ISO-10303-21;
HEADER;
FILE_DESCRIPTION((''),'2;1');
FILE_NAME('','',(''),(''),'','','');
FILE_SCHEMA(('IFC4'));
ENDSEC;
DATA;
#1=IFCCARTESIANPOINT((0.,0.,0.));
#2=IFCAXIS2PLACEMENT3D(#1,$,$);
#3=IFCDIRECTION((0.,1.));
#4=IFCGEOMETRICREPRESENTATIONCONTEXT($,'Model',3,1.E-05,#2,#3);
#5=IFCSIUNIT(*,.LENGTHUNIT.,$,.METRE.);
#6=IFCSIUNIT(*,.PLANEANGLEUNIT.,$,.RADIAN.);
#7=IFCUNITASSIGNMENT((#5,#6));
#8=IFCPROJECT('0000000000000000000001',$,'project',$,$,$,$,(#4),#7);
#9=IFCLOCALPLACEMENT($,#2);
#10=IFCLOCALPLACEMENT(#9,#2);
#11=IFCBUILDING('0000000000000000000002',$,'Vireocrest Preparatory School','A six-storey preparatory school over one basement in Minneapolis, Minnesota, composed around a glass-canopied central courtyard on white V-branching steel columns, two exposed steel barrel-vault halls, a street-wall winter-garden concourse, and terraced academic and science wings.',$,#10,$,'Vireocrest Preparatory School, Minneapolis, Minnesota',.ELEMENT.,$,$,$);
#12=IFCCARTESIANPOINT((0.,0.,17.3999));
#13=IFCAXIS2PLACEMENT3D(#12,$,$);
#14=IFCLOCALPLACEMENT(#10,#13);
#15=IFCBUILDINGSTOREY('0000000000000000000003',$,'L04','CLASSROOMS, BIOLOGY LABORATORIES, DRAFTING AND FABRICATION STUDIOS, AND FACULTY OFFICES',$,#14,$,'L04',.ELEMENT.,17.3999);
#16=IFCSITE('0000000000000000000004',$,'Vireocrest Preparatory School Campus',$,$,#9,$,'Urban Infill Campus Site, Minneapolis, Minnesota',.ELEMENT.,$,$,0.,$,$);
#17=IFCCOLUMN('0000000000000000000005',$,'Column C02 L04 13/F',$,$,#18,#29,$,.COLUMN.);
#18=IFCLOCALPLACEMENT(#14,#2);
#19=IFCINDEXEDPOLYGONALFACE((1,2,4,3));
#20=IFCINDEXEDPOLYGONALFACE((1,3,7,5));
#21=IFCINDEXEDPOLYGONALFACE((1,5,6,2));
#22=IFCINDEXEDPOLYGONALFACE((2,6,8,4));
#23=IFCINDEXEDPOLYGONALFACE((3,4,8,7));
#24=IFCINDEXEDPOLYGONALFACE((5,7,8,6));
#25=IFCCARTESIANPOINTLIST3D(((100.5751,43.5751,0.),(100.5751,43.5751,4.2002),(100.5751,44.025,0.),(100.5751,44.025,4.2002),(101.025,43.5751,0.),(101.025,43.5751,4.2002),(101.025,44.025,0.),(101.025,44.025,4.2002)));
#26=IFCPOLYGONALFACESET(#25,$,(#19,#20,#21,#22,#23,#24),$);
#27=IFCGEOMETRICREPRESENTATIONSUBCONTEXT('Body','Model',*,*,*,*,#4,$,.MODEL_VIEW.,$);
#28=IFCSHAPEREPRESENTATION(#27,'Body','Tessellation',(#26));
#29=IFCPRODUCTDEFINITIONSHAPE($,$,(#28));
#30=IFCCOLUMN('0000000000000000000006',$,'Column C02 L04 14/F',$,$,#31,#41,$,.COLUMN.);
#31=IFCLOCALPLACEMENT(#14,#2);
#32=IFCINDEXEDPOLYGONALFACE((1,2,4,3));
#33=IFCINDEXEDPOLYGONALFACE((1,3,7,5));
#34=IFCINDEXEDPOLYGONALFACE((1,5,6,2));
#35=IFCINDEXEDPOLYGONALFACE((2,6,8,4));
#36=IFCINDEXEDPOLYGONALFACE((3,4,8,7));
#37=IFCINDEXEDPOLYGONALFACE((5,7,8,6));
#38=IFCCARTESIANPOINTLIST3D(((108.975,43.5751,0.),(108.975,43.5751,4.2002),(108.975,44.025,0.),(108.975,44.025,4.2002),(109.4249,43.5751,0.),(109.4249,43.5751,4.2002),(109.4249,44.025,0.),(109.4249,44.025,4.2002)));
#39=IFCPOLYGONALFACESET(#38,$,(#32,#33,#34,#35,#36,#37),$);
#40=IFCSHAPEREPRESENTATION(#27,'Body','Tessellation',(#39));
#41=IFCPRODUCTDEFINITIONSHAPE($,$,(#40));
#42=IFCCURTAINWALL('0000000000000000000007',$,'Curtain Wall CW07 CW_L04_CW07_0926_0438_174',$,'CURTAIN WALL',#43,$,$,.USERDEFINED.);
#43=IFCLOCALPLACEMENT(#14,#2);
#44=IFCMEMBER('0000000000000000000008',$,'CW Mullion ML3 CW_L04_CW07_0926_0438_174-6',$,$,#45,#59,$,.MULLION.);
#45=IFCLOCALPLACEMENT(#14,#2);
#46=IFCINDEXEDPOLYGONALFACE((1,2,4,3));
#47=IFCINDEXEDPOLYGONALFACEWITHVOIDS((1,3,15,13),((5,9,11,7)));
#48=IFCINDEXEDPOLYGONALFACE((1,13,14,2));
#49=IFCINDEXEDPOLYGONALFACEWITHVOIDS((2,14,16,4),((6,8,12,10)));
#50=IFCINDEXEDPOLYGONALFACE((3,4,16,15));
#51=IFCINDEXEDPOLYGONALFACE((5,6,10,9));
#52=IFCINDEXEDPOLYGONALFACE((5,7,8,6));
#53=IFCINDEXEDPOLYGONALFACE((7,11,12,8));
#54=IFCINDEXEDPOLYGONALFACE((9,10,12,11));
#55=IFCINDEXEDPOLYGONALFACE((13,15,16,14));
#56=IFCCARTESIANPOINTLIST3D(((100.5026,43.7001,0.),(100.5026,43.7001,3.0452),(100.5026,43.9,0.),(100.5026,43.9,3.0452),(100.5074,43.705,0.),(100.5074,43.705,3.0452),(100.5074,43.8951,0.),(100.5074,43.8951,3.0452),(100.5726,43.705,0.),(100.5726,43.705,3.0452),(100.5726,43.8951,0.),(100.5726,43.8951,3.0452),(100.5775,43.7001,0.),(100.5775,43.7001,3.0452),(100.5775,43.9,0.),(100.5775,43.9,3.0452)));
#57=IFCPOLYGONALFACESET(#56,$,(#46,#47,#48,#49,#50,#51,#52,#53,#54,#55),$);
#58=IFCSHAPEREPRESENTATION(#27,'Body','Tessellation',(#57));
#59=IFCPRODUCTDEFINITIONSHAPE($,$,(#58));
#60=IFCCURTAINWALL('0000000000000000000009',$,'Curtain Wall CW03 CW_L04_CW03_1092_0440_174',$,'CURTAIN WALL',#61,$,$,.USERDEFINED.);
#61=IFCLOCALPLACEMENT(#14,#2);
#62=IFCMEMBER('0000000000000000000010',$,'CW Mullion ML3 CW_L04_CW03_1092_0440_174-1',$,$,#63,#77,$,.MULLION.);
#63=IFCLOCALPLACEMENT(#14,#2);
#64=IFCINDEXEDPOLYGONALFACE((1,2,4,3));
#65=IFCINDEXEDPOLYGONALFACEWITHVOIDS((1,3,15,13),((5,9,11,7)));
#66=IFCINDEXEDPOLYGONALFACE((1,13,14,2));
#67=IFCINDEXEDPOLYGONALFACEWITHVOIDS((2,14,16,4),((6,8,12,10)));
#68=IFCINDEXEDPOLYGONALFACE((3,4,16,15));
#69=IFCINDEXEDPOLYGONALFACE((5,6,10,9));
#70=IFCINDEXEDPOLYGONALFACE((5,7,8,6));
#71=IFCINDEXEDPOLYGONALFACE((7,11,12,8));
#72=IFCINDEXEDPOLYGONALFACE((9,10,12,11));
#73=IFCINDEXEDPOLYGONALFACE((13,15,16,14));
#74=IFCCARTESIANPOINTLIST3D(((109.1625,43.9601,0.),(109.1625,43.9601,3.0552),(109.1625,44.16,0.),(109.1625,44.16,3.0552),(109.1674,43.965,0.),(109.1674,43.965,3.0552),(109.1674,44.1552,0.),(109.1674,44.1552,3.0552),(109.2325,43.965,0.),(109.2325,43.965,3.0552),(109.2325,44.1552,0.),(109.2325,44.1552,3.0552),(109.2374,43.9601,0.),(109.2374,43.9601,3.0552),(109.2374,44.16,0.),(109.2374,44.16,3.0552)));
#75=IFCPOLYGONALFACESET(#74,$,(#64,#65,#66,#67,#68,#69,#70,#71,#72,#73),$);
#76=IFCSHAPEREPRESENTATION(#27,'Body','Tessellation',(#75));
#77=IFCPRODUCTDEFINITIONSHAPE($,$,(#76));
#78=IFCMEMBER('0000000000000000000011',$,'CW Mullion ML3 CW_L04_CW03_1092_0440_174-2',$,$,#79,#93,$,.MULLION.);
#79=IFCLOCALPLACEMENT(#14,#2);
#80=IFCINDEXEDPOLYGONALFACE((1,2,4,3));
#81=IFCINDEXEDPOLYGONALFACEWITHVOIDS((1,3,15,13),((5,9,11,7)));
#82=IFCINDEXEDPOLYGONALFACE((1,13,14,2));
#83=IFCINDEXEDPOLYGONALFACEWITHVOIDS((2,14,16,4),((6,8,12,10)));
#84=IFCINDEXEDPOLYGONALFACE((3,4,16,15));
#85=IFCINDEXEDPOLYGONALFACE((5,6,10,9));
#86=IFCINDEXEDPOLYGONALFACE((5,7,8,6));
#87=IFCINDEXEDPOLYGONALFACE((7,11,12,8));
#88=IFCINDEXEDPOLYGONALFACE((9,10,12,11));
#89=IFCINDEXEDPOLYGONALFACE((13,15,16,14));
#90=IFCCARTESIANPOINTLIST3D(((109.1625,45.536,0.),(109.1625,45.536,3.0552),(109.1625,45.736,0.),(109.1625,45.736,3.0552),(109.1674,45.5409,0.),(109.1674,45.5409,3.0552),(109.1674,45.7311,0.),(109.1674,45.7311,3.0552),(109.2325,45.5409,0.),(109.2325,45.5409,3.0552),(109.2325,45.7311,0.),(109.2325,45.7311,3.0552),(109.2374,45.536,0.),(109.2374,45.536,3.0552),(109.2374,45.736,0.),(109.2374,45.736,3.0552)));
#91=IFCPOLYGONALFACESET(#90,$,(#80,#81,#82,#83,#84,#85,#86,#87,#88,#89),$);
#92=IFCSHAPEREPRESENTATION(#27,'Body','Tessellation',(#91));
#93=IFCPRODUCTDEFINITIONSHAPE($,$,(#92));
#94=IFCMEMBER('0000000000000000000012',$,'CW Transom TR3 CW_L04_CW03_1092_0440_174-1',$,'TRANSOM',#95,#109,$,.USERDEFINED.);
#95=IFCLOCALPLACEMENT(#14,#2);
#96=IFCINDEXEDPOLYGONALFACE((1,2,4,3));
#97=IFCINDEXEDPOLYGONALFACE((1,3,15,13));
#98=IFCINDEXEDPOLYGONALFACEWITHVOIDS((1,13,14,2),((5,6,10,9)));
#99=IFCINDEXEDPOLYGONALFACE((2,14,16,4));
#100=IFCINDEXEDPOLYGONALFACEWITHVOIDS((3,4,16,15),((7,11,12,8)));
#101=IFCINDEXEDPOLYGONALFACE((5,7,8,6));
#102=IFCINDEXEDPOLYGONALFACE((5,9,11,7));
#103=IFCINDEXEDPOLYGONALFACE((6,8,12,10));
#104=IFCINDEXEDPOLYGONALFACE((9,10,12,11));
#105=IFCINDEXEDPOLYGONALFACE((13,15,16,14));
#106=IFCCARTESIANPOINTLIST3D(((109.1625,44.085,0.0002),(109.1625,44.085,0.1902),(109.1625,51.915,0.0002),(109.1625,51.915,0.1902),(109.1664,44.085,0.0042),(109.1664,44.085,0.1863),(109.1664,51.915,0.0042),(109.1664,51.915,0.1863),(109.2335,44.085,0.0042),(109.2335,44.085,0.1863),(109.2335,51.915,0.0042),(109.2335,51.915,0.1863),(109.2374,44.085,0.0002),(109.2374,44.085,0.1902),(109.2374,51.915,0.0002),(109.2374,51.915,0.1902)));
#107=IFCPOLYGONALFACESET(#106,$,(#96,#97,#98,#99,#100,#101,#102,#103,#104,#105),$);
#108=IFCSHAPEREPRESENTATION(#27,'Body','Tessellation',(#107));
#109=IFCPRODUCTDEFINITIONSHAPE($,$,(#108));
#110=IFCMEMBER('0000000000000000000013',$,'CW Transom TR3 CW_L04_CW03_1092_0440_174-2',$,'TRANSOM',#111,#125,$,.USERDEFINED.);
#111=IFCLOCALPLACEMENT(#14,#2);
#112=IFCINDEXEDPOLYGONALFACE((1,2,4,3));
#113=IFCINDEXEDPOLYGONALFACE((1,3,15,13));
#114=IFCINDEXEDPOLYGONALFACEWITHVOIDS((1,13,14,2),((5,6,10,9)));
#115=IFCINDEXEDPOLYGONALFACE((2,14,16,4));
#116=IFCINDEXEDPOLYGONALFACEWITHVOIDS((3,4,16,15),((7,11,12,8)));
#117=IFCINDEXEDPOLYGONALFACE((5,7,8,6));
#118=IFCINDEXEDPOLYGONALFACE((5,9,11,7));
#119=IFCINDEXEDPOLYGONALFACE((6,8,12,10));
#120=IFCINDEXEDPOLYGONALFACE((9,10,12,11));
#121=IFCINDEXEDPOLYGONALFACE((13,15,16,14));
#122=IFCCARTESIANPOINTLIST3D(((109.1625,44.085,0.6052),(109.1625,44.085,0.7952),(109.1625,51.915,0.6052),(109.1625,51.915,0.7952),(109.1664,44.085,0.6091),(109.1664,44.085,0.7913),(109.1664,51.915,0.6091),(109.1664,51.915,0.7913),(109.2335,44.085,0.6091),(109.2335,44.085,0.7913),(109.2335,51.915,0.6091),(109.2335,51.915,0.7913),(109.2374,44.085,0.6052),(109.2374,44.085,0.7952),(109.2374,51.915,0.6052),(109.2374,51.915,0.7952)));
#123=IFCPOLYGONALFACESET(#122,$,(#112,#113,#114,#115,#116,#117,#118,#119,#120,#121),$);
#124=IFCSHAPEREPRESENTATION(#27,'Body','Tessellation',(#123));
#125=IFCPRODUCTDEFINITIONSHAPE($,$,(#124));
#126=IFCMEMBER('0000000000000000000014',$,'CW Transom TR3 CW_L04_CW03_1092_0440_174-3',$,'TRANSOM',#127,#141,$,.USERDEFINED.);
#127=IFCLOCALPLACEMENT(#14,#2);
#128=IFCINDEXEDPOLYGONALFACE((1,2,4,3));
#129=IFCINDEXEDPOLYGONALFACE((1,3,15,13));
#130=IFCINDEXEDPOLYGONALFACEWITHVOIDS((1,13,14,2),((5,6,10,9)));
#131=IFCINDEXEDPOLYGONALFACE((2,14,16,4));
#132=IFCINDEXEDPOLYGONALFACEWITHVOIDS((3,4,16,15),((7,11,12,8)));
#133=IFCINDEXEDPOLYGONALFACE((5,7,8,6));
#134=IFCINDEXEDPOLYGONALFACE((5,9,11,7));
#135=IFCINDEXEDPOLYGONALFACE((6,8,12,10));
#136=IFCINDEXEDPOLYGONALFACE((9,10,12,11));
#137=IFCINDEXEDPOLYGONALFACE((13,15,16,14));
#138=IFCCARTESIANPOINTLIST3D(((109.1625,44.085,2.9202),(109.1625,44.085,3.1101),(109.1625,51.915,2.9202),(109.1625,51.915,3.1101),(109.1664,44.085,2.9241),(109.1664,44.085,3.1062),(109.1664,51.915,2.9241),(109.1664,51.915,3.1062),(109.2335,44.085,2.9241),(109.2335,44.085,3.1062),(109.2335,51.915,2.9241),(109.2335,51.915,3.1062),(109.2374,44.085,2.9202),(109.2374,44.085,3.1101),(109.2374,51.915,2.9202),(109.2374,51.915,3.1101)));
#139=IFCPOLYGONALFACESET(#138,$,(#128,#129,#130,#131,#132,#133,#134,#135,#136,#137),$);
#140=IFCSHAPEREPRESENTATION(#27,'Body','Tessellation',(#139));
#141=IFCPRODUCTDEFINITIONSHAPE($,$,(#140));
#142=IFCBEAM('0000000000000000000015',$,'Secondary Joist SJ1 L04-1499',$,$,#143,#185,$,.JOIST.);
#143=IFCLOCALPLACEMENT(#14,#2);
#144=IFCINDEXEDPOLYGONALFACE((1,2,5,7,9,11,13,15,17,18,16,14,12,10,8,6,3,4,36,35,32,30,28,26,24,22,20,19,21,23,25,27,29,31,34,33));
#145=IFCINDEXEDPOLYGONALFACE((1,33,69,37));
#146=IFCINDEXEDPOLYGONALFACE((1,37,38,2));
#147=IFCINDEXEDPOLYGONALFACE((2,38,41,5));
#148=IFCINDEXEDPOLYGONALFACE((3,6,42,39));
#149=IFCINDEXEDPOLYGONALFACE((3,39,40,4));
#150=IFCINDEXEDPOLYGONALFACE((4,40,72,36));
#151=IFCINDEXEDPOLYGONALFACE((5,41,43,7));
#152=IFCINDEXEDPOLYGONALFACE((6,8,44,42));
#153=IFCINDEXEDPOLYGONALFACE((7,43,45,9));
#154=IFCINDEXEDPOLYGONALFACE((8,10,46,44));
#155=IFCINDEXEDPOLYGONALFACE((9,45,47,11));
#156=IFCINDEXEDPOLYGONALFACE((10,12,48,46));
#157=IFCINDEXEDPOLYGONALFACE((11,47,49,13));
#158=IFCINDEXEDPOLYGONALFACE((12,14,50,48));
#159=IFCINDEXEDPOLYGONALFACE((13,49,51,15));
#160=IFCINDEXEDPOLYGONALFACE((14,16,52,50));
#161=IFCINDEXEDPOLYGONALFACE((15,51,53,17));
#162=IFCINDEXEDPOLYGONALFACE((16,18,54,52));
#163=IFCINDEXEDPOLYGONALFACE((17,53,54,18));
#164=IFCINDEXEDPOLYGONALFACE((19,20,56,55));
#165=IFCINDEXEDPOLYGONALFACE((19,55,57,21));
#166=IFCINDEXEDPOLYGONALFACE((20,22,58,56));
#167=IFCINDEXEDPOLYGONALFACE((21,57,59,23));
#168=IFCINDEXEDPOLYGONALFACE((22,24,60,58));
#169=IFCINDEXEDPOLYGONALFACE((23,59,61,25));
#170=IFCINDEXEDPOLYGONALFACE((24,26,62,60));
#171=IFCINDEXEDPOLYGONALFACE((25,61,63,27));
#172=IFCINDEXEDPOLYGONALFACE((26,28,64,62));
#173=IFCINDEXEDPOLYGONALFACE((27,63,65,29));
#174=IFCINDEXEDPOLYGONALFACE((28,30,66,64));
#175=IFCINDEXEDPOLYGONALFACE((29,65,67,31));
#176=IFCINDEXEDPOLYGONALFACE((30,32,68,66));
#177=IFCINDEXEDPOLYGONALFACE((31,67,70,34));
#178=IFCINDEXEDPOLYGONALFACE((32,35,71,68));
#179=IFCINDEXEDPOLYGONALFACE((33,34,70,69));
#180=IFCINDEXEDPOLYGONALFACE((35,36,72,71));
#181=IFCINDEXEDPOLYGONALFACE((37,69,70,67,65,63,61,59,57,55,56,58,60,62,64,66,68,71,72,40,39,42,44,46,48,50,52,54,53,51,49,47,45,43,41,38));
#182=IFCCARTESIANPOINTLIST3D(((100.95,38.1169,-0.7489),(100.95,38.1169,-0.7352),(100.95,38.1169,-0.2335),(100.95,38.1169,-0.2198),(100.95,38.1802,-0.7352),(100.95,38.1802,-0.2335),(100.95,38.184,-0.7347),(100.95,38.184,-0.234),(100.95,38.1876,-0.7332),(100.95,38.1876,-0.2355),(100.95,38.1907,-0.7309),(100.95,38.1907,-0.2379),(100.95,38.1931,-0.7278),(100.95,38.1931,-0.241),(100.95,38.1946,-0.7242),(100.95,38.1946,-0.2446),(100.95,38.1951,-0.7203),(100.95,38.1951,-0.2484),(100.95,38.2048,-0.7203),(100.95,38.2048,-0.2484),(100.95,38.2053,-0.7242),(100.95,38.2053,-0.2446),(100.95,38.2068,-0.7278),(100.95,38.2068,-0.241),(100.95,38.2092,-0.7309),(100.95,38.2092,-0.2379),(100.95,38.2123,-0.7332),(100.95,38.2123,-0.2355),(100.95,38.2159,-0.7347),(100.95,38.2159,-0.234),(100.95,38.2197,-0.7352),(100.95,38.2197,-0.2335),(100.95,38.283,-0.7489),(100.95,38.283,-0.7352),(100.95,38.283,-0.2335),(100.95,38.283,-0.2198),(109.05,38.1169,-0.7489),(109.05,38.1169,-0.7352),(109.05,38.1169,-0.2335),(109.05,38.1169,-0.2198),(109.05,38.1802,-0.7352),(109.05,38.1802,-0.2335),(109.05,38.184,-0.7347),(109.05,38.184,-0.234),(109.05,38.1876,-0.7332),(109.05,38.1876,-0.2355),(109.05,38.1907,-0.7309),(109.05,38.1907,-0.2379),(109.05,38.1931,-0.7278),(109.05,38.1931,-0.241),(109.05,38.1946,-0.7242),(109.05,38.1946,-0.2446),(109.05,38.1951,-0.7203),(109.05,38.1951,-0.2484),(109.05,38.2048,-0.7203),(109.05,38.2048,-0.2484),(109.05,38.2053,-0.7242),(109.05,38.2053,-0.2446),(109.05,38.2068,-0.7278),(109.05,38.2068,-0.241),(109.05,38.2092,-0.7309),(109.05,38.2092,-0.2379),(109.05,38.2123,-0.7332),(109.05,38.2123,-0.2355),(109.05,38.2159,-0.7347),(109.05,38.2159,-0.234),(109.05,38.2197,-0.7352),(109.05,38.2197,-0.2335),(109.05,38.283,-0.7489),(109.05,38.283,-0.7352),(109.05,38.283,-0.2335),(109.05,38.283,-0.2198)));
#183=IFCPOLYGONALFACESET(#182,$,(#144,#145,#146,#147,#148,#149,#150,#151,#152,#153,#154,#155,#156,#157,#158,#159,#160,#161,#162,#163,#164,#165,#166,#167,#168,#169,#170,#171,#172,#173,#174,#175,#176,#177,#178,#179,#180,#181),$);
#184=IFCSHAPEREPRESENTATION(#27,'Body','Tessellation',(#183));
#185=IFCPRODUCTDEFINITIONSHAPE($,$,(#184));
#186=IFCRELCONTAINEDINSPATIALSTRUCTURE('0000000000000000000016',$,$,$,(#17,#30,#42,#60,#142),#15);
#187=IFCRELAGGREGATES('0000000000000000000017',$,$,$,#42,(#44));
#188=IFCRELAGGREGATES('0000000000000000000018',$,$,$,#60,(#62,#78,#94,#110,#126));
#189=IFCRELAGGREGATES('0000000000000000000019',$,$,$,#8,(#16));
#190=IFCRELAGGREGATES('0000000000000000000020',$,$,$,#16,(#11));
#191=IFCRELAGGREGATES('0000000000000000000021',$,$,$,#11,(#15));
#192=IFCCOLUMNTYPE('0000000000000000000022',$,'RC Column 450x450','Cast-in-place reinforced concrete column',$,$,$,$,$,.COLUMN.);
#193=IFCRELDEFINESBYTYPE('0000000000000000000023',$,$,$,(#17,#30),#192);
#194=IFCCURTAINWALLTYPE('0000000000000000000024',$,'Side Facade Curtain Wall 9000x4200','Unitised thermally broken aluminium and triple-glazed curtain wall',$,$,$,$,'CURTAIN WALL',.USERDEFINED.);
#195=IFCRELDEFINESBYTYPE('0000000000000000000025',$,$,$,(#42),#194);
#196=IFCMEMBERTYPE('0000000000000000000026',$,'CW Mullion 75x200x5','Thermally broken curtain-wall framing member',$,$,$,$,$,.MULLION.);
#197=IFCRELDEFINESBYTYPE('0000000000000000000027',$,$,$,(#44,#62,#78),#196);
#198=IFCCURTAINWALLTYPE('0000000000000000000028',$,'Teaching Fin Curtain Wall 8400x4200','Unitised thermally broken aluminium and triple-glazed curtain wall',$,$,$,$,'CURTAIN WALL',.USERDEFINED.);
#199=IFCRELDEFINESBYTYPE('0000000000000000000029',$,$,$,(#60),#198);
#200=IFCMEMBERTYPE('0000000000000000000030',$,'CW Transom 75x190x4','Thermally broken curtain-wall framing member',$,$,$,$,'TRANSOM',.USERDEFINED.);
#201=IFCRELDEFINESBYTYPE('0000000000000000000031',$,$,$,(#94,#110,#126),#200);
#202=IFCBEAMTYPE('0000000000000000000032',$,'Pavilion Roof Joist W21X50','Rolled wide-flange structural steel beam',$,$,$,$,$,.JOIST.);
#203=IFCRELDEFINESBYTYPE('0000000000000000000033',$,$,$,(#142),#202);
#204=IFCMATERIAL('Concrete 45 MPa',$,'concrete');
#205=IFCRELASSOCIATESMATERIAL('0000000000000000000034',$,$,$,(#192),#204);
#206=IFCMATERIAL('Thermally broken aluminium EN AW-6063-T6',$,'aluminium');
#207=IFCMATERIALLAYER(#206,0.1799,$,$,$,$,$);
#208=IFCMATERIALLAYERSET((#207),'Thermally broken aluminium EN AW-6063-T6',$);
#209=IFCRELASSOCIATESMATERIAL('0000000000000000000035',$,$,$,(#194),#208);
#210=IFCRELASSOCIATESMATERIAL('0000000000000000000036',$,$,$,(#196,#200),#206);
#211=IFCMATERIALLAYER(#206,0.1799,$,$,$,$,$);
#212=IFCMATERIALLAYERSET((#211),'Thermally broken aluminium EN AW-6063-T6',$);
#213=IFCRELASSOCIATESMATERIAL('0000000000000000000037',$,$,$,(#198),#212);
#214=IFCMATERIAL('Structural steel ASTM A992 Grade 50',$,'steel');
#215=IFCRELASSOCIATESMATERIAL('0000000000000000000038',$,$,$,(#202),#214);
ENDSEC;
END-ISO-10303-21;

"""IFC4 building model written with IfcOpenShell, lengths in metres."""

from ifc_helpers import new_model, si_unit, direction, frame, origin, origin_2d, place, context, subcontext, project, spatial, rectangle, hollow_rectangle, i_section, extrude, material, layer, layer_set, material_profile, profile_set, type_object, element, aggregate, save


model = new_model("IFC4")

# Units and contexts
model_context = context("Model", 3, precision=1e-05, world=origin(), true_north=direction((0.0, 1.0)))
body_context = subcontext(model_context, "Body", "Model", "MODEL_VIEW")
ifc_project = project(units=[si_unit("LENGTHUNIT", "METRE"), si_unit("PLANEANGLEUNIT", "RADIAN")], contexts=[model_context])

# Site, building, storey
site_placement = place(None, origin())
site = spatial("IfcSite", under=ifc_project, at=site_placement, Name="Vireocrest Preparatory School Campus", LongName="Urban Infill Campus Site, Minneapolis, Minnesota", CompositionType="ELEMENT", RefElevation=0.0)
building_placement = place(site_placement, origin())
building = spatial("IfcBuilding", under=site, at=building_placement, Name="Vireocrest Preparatory School", Description="A six-storey preparatory school over one basement in Minneapolis, Minnesota, composed around a glass-canopied central courtyard on white V-branching steel columns, two exposed steel barrel-vault halls, a street-wall winter-garden concourse, and terraced academic and science wings.", LongName="Vireocrest Preparatory School, Minneapolis, Minnesota", CompositionType="ELEMENT")
storey_placement = place(building_placement, frame((0.0, 0.0, 17.3999)))
storey = spatial("IfcBuildingStorey", under=building, at=storey_placement, Name="L04", Description="CLASSROOMS, BIOLOGY LABORATORIES, DRAFTING AND FABRICATION STUDIOS, AND FACULTY OFFICES", LongName="L04", CompositionType="ELEMENT", Elevation=17.3999)

# Columns
ifc_material_1 = material(Name="Concrete 45 MPa", Category="concrete")
ifc_material_profile_1 = material_profile(ifc_material_1, rectangle(XDim=0.45, YDim=0.45, at=origin_2d()), Name="RC 450x450")
ifc_profile_set_1 = profile_set([ifc_material_profile_1], Name="Concrete 45 MPa")
column_type = type_object("IfcColumnType", Name="RC Column 450x450", Description="Cast-in-place reinforced concrete column", PredefinedType="COLUMN", material=ifc_profile_set_1)
for number, where, z_axis, x_axis, name in (
    (1, (100.8, 43.8, 0.0), (0.0, 0.0, 1.0), (1.0, 0.0, 0.0), "Column C02 L04 13/F"),
    (2, (109.2, 43.8, 0.0), (0.0, 0.0, 1.0), (1.0, 0.0, 0.0), "Column C02 L04 14/F"),
):
    element("IfcColumn", number, at=place(storey_placement, frame(where, z_axis=z_axis, x_axis=x_axis)), inside=storey, type_object=column_type, Name=name, PredefinedType="COLUMN", context=body_context, shape_type="SweptSolid", body=[
        extrude(rectangle(XDim=0.45, YDim=0.45, at=origin_2d()), origin(), (0.0, 0.0, 1.0), 4.2002),
    ])

# Curtain wall, member
ifc_material_2 = material(Name="Thermally broken aluminium EN AW-6063-T6", Category="aluminium")
ifc_layer_1 = layer(ifc_material_2, 0.1799)
ifc_layer_set_1 = layer_set([ifc_layer_1], Name="Thermally broken aluminium EN AW-6063-T6")
curtain_wall_type_1 = type_object("IfcCurtainWallType", Name="Side Facade Curtain Wall 9000x4200", Description="Unitised thermally broken aluminium and triple-glazed curtain wall", ElementType="CURTAIN WALL", PredefinedType="USERDEFINED", material=ifc_layer_set_1)
curtain_wall_1_placement = place(storey_placement, origin())
curtain_wall_1 = element("IfcCurtainWall", 3, at=curtain_wall_1_placement, inside=storey, type_object=curtain_wall_type_1, Name="Curtain Wall CW07 CW_L04_CW07_0926_0438_174", ObjectType="CURTAIN WALL", PredefinedType="USERDEFINED")
ifc_material_profile_2 = material_profile(ifc_material_2, hollow_rectangle(XDim=0.075, YDim=0.2, WallThickness=0.0049, at=origin_2d()), Name="ALU 75x200x5")
ifc_profile_set_2 = profile_set([ifc_material_profile_2], Name="Thermally broken aluminium EN AW-6063-T6")
member_type_1 = type_object("IfcMemberType", Name="CW Mullion 75x200x5", Description="Thermally broken curtain-wall framing member", PredefinedType="MULLION", material=ifc_profile_set_2)
member_1_placement = place(storey_placement, frame((100.54, 43.8, 0.0), z_axis=(0.0, 0.0, 1.0), x_axis=(1.0, 0.0, 0.0)))
member_1 = element("IfcMember", 4, at=member_1_placement, type_object=member_type_1, Name="CW Mullion ML3 CW_L04_CW07_0926_0438_174-6", PredefinedType="MULLION", context=body_context, shape_type="SweptSolid", body=[
    extrude(hollow_rectangle(XDim=0.075, YDim=0.2, WallThickness=0.0049, at=origin_2d()), origin(), (0.0, 0.0, 1.0), 3.0452),
])
aggregate(curtain_wall_1, [member_1])

# Curtain wall, members
ifc_layer_2 = layer(ifc_material_2, 0.1799)
ifc_layer_set_2 = layer_set([ifc_layer_2], Name="Thermally broken aluminium EN AW-6063-T6")
curtain_wall_type_2 = type_object("IfcCurtainWallType", Name="Teaching Fin Curtain Wall 8400x4200", Description="Unitised thermally broken aluminium and triple-glazed curtain wall", ElementType="CURTAIN WALL", PredefinedType="USERDEFINED", material=ifc_layer_set_2)
curtain_wall_2_placement = place(storey_placement, origin())
curtain_wall_2 = element("IfcCurtainWall", 5, at=curtain_wall_2_placement, inside=storey, type_object=curtain_wall_type_2, Name="Curtain Wall CW03 CW_L04_CW03_1092_0440_174", ObjectType="CURTAIN WALL", PredefinedType="USERDEFINED")
member_2_placement = place(storey_placement, frame((109.2, 44.0601, 0.0), z_axis=(0.0, 0.0, 1.0), x_axis=(1.0, 0.0, 0.0)))
member_2 = element("IfcMember", 6, at=member_2_placement, type_object=member_type_1, Name="CW Mullion ML3 CW_L04_CW03_1092_0440_174-1", PredefinedType="MULLION", context=body_context, shape_type="SweptSolid", body=[
    extrude(hollow_rectangle(XDim=0.075, YDim=0.2, WallThickness=0.0049, at=origin_2d()), origin(), (0.0, 0.0, 1.0), 3.0552),
])
member_3_placement = place(storey_placement, frame((109.2, 45.636, 0.0), z_axis=(0.0, 0.0, 1.0), x_axis=(1.0, 0.0, 0.0)))
member_3 = element("IfcMember", 7, at=member_3_placement, type_object=member_type_1, Name="CW Mullion ML3 CW_L04_CW03_1092_0440_174-2", PredefinedType="MULLION", context=body_context, shape_type="SweptSolid", body=[
    extrude(hollow_rectangle(XDim=0.075, YDim=0.2, WallThickness=0.0049, at=origin_2d()), origin(), (0.0, 0.0, 1.0), 3.0552),
])
ifc_material_profile_3 = material_profile(ifc_material_2, hollow_rectangle(XDim=0.075, YDim=0.1899, WallThickness=0.0039, at=origin_2d()), Name="ALU 75x190x4")
ifc_profile_set_3 = profile_set([ifc_material_profile_3], Name="Thermally broken aluminium EN AW-6063-T6")
member_type_2 = type_object("IfcMemberType", Name="CW Transom 75x190x4", Description="Thermally broken curtain-wall framing member", ElementType="TRANSOM", PredefinedType="USERDEFINED", material=ifc_profile_set_3)
member_4_placement = place(storey_placement, frame((109.2, 44.085, 0.0952), z_axis=(0.0, 1.0, 0.0), x_axis=(-1.0, 0.0, 0.0)))
member_4 = element("IfcMember", 8, at=member_4_placement, type_object=member_type_2, Name="CW Transom TR3 CW_L04_CW03_1092_0440_174-1", ObjectType="TRANSOM", PredefinedType="USERDEFINED", context=body_context, shape_type="SweptSolid", body=[
    extrude(hollow_rectangle(XDim=0.075, YDim=0.1899, WallThickness=0.0039, at=origin_2d()), origin(), (0.0, 0.0, 1.0), 7.8301),
])
member_5_placement = place(storey_placement, frame((109.2, 44.085, 0.7002), z_axis=(0.0, 1.0, 0.0), x_axis=(-1.0, 0.0, 0.0)))
member_5 = element("IfcMember", 9, at=member_5_placement, type_object=member_type_2, Name="CW Transom TR3 CW_L04_CW03_1092_0440_174-2", ObjectType="TRANSOM", PredefinedType="USERDEFINED", context=body_context, shape_type="SweptSolid", body=[
    extrude(hollow_rectangle(XDim=0.075, YDim=0.1899, WallThickness=0.0039, at=origin_2d()), origin(), (0.0, 0.0, 1.0), 7.8301),
])
member_6_placement = place(storey_placement, frame((109.2, 44.085, 3.0151), z_axis=(0.0, 1.0, 0.0), x_axis=(-1.0, 0.0, 0.0)))
member_6 = element("IfcMember", 10, at=member_6_placement, type_object=member_type_2, Name="CW Transom TR3 CW_L04_CW03_1092_0440_174-3", ObjectType="TRANSOM", PredefinedType="USERDEFINED", context=body_context, shape_type="SweptSolid", body=[
    extrude(hollow_rectangle(XDim=0.075, YDim=0.1899, WallThickness=0.0039, at=origin_2d()), origin(), (0.0, 0.0, 1.0), 7.8301),
])

# Beam
ifc_material_3 = material(Name="Structural steel ASTM A992 Grade 50", Category="steel")
ifc_material_profile_4 = material_profile(ifc_material_3, i_section(OverallWidth=0.166, OverallDepth=0.5291, WebThickness=0.0098, FlangeThickness=0.0137, FilletRadius=0.0149, at=origin_2d()), Name="W21X50")
ifc_profile_set_4 = profile_set([ifc_material_profile_4], Name="Structural steel ASTM A992 Grade 50")
beam_type_1 = type_object("IfcBeamType", Name="Pavilion Roof Joist W21X50", Description="Rolled wide-flange structural steel beam", PredefinedType="JOIST", material=ifc_profile_set_4)
for number, where, z_axis, x_axis, name in (
    (11, (100.95, 38.2, -0.4844), (1.0, 0.0, 0.0), (0.0, 1.0, 0.0), "Secondary Joist SJ1 L04-1499"),
):
    element("IfcBeam", number, at=place(storey_placement, frame(where, z_axis=z_axis, x_axis=x_axis)), inside=storey, type_object=beam_type_1, Name=name, PredefinedType="JOIST", context=body_context, shape_type="SweptSolid", body=[
        extrude(i_section(OverallWidth=0.166, OverallDepth=0.5291, WebThickness=0.0098, FlangeThickness=0.0137, FilletRadius=0.0149, at=origin_2d()), origin(), (0.0, 0.0, 1.0), 8.1001),
    ])

aggregate(curtain_wall_2, [member_2, member_3, member_4, member_5, member_6])

save(model, "model.ifc")
